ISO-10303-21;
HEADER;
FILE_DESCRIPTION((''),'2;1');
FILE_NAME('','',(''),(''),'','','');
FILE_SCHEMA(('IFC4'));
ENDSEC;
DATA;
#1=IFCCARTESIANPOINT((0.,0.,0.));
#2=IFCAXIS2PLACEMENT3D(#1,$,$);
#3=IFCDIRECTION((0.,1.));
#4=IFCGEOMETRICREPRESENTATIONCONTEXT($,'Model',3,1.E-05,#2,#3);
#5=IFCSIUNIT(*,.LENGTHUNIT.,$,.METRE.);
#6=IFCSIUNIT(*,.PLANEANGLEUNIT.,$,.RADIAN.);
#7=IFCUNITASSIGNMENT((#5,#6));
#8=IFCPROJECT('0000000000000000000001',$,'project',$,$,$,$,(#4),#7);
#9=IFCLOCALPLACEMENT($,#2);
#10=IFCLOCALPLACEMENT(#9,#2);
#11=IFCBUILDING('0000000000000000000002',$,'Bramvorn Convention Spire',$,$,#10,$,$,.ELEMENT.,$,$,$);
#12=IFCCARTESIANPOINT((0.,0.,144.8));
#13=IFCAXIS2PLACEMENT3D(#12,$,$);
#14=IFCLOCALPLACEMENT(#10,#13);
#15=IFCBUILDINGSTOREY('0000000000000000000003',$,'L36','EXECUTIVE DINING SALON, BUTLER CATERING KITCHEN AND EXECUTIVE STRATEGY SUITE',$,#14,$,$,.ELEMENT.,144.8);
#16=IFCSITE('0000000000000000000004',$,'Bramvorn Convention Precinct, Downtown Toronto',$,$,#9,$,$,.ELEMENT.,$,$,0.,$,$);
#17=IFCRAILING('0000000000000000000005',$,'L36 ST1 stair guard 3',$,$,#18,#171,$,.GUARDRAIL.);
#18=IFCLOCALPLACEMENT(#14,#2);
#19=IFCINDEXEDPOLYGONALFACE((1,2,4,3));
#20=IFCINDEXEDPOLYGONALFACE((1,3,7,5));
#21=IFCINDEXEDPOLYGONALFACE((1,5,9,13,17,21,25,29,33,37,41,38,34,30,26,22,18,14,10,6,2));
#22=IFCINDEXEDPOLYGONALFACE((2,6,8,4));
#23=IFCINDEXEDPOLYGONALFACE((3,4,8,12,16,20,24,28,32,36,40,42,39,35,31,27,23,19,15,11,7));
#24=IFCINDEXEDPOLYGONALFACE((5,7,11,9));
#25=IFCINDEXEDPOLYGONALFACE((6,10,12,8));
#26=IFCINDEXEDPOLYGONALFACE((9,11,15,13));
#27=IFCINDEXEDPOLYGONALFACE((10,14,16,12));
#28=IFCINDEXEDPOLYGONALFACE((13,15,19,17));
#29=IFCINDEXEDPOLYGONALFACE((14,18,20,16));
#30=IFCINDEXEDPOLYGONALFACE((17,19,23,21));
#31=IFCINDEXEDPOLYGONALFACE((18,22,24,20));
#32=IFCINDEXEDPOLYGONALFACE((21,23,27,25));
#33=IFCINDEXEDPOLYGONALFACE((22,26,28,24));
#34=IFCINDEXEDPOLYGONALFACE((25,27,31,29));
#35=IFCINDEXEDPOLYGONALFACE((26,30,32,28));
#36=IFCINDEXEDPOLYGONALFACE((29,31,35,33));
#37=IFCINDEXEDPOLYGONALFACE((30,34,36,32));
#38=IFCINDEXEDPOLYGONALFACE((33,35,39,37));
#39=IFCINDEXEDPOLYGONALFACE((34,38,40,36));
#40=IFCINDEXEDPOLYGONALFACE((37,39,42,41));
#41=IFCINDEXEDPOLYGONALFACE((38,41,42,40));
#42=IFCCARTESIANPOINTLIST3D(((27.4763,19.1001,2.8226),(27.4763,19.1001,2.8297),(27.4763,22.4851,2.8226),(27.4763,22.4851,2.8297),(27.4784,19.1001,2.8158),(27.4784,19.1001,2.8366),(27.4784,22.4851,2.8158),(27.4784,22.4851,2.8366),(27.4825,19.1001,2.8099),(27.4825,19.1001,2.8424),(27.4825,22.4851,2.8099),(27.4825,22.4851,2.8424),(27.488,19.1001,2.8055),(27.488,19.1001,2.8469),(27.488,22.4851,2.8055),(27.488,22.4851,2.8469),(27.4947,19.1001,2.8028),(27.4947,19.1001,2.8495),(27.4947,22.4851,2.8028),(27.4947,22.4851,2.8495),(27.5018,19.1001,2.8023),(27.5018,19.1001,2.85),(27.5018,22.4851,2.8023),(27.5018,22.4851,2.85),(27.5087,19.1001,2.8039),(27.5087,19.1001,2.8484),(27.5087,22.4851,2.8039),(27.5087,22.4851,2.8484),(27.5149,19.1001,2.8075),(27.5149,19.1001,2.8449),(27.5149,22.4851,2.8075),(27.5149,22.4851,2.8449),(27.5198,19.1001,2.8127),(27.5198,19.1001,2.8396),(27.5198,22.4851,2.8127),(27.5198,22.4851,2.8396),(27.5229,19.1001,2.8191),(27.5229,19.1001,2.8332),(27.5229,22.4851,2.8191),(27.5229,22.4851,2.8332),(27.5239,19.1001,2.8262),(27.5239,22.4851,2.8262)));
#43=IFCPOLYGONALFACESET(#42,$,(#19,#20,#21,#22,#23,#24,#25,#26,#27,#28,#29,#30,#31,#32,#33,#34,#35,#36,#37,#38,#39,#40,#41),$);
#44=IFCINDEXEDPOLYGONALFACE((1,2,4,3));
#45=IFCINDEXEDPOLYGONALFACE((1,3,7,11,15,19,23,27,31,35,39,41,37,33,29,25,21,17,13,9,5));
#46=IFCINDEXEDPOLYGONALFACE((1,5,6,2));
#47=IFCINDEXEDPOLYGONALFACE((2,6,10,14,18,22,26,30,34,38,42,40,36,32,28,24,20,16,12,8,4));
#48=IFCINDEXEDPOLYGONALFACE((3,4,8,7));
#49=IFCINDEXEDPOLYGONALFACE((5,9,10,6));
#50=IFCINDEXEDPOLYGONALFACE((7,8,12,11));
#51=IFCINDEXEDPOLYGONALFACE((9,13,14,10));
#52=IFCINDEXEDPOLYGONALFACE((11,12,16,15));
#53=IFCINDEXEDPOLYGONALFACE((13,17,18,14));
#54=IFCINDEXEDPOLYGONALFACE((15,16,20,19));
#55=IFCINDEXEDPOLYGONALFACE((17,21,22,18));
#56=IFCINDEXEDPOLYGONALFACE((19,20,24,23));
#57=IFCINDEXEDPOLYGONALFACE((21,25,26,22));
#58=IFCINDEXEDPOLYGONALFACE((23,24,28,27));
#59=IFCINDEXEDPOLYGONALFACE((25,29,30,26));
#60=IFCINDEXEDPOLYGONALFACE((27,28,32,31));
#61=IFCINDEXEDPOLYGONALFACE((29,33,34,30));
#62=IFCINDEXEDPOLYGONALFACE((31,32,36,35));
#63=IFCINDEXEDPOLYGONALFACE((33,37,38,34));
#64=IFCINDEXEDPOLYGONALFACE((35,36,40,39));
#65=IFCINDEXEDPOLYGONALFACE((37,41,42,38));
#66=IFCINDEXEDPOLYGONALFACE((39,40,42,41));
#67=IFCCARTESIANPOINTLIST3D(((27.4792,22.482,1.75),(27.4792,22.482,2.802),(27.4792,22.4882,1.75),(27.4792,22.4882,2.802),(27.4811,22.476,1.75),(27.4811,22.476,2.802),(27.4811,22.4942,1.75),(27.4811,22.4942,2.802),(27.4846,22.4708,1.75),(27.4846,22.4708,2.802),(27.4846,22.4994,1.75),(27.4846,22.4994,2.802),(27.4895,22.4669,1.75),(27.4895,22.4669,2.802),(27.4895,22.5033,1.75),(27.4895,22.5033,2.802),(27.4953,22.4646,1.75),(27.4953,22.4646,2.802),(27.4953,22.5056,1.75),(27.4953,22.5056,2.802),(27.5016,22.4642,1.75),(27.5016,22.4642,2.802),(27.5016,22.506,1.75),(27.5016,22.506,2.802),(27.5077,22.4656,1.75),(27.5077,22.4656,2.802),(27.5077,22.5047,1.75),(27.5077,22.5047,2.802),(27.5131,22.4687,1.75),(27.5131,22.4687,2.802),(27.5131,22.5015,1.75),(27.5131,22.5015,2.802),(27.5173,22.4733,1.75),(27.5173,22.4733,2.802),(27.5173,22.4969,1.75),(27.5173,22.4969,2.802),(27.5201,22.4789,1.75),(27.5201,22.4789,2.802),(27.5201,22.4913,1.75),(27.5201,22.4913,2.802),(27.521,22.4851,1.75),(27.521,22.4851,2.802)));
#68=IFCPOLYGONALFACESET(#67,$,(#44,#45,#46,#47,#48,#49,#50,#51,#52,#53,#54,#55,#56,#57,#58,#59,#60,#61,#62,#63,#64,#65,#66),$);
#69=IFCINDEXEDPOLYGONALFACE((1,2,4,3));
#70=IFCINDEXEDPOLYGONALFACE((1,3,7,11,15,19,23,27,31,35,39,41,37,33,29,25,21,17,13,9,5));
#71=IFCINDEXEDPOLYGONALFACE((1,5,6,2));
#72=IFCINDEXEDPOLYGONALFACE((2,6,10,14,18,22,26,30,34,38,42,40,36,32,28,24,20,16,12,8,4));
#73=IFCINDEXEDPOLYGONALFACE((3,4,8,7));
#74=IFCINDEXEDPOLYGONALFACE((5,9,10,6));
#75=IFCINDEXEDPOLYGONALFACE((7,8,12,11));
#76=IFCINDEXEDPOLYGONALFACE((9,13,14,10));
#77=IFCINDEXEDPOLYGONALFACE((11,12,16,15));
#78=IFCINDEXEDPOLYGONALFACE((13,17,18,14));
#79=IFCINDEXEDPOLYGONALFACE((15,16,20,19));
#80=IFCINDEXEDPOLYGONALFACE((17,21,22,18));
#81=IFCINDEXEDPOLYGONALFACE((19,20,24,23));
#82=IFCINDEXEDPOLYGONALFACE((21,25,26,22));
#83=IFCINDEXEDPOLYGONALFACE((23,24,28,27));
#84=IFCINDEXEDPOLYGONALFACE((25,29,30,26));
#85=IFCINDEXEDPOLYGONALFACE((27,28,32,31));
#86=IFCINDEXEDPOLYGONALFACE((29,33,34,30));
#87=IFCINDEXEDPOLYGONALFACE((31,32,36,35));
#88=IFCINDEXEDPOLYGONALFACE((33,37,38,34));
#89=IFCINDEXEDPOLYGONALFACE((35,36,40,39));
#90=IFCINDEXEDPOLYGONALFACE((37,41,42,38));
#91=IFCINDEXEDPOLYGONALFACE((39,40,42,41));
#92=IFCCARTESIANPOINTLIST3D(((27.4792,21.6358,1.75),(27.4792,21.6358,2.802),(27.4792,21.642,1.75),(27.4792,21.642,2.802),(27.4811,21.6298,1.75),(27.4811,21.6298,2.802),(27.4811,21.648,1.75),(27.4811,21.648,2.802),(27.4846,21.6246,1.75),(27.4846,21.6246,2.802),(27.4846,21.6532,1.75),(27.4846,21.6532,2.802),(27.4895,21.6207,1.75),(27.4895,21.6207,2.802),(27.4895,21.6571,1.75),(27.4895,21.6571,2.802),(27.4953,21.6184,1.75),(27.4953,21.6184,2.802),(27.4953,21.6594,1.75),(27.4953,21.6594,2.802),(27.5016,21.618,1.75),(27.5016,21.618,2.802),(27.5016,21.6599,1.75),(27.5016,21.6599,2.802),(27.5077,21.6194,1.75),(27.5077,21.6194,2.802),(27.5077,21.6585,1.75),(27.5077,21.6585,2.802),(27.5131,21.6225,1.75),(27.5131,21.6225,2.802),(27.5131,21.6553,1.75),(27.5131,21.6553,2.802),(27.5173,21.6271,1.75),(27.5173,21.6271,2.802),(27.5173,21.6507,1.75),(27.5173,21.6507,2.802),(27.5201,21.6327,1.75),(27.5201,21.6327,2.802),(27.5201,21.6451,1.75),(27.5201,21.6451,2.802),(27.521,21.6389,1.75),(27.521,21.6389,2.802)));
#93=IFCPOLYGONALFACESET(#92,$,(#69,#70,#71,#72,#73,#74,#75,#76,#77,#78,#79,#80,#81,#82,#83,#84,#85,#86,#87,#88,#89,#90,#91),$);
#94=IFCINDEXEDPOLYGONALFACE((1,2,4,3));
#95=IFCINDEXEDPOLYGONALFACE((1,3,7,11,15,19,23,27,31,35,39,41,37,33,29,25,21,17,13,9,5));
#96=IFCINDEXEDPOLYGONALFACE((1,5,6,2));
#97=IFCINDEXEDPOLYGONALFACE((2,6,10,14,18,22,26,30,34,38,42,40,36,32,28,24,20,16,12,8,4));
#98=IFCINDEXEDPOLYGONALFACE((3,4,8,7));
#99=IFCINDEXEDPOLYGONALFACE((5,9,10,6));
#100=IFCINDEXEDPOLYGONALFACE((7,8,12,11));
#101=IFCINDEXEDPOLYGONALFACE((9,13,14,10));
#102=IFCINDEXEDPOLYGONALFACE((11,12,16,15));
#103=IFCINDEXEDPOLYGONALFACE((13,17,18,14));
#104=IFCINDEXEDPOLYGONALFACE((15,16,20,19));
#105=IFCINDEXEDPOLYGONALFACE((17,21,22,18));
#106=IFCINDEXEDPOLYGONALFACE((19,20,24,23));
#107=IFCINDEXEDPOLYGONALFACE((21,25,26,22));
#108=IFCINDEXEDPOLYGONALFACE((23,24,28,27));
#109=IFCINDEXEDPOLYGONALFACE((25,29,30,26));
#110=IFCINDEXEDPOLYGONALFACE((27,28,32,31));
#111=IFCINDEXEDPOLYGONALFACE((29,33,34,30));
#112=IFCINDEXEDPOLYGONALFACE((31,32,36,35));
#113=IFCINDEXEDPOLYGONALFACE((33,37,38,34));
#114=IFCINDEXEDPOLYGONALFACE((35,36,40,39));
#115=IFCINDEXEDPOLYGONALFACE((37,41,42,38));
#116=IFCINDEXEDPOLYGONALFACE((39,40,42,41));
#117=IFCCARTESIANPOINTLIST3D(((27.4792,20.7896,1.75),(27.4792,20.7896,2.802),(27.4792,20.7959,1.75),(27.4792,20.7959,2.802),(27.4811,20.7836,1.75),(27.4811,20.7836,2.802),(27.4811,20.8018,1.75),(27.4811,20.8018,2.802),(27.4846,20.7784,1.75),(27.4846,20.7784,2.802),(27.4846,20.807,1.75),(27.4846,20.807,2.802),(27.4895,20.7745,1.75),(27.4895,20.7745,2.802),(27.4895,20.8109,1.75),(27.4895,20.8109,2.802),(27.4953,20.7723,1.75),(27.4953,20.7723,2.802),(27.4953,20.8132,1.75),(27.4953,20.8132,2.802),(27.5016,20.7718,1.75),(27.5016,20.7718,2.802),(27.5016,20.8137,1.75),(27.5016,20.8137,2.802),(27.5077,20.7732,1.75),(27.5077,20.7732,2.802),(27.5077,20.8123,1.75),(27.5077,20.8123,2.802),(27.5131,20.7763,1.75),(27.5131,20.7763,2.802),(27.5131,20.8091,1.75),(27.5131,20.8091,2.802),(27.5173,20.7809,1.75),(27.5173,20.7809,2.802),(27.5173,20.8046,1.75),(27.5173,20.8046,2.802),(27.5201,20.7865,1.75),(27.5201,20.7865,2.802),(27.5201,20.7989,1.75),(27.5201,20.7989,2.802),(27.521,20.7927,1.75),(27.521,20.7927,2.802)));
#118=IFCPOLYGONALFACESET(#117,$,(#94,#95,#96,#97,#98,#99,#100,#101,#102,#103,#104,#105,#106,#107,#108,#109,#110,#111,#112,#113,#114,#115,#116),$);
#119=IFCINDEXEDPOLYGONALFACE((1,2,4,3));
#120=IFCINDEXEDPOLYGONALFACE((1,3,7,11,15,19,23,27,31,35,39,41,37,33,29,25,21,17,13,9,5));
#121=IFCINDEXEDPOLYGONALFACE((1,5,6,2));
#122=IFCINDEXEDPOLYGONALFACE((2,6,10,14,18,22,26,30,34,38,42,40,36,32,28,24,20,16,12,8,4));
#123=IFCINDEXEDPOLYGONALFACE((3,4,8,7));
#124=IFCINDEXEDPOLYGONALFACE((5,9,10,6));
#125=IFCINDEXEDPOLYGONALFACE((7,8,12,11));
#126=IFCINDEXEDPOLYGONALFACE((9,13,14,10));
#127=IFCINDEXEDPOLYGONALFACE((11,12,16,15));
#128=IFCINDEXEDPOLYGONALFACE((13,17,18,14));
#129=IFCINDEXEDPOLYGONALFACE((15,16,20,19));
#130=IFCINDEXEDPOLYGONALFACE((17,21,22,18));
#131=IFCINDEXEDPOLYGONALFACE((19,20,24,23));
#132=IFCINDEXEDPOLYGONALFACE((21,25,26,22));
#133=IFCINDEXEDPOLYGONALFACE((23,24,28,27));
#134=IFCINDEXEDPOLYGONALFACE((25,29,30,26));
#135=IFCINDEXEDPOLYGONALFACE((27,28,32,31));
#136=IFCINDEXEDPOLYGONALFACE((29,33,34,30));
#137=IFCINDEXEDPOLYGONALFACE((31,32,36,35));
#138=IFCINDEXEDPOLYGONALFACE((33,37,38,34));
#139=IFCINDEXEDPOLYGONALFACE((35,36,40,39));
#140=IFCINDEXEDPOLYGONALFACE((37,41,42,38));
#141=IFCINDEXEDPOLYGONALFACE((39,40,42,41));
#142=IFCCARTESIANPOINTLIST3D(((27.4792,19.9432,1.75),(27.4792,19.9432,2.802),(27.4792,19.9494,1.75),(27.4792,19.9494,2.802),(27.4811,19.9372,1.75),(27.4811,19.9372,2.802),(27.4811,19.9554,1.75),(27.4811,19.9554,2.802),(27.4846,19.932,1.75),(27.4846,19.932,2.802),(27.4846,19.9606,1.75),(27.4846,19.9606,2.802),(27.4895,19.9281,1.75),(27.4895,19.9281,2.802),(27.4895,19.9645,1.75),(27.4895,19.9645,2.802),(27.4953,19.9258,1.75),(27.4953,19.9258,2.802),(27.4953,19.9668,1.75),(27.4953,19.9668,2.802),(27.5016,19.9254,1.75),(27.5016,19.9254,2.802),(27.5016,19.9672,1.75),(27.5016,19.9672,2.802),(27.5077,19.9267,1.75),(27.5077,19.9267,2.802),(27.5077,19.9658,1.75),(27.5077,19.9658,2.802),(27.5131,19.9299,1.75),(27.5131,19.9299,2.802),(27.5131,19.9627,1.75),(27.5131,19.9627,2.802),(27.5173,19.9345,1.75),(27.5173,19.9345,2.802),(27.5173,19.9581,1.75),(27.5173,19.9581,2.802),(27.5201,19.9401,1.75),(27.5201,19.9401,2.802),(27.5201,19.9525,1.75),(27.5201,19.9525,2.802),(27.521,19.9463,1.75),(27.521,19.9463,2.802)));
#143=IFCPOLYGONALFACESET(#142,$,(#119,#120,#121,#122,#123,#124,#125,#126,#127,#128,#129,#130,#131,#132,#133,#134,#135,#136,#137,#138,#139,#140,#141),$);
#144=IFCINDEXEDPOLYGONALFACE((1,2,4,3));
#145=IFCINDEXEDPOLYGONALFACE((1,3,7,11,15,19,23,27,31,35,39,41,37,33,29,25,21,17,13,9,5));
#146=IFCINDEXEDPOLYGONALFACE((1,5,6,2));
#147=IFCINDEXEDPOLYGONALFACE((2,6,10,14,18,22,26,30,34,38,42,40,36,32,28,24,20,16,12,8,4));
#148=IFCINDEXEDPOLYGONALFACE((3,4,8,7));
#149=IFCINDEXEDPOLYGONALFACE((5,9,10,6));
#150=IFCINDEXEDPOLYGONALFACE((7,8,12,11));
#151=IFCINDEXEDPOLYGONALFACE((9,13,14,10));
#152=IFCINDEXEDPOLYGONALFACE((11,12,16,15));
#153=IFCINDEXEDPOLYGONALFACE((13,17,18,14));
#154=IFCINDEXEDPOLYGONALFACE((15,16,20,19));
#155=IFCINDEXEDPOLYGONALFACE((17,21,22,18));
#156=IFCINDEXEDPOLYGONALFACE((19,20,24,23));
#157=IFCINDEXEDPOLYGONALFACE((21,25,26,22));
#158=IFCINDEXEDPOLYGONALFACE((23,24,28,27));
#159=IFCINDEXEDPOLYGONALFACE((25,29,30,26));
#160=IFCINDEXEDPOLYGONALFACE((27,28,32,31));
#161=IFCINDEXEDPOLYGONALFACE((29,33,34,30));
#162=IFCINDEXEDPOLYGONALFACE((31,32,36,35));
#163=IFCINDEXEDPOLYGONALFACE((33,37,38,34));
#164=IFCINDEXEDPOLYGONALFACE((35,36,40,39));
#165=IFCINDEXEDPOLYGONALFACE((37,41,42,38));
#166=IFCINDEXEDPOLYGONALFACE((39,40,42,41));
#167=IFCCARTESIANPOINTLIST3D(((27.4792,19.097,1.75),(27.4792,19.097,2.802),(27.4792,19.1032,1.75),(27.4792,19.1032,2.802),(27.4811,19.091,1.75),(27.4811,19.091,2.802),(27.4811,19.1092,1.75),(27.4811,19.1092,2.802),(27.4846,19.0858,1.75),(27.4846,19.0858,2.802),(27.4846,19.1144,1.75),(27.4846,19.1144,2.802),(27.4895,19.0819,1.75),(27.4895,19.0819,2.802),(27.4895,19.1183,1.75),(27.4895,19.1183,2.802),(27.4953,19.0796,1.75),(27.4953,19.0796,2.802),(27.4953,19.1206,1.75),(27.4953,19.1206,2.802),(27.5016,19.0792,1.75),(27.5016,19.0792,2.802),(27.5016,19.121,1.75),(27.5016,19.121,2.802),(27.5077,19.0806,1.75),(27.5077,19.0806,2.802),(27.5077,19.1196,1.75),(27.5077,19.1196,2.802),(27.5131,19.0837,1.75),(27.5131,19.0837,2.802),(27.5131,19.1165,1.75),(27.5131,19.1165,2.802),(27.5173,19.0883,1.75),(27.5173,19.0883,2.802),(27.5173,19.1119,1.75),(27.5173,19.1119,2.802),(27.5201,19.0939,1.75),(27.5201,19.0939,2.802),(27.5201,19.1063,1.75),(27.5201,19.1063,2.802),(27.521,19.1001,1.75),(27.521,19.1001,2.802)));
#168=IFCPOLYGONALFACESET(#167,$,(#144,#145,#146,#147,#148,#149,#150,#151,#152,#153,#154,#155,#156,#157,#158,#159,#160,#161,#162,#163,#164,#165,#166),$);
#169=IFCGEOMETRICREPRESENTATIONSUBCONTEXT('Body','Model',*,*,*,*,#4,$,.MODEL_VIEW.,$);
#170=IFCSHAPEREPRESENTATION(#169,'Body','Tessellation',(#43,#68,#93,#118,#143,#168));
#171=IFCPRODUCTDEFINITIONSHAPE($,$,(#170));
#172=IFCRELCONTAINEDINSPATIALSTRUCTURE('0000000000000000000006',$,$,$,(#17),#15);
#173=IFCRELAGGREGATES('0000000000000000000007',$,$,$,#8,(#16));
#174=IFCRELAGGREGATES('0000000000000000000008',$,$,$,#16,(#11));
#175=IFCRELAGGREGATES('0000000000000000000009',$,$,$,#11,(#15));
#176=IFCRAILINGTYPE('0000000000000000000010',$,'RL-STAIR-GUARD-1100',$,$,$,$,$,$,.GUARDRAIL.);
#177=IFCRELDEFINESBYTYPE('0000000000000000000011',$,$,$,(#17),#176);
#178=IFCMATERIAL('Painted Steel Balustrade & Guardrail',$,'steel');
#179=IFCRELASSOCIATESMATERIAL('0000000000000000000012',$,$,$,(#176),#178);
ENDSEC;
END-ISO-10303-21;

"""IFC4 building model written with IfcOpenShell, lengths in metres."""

from ifc_helpers import new_model, si_unit, direction, frame, origin, origin_2d, place, context, subcontext, project, spatial, circle, extrude, material, type_object, element, save


model = new_model("IFC4")

# Units and contexts
model_context = context("Model", 3, precision=1e-05, world=origin(), true_north=direction((0.0, 1.0)))
body_context = subcontext(model_context, "Body", "Model", "MODEL_VIEW")
ifc_project = project(units=[si_unit("LENGTHUNIT", "METRE"), si_unit("PLANEANGLEUNIT", "RADIAN")], contexts=[model_context])

# Site, building, storey
site_placement = place(None, origin())
site = spatial("IfcSite", under=ifc_project, at=site_placement, Name="Bramvorn Convention Precinct, Downtown Toronto", CompositionType="ELEMENT", RefElevation=0.0)
building_placement = place(site_placement, origin())
building = spatial("IfcBuilding", under=site, at=building_placement, Name="Bramvorn Convention Spire", CompositionType="ELEMENT")
storey_placement = place(building_placement, frame((0.0, 0.0, 144.8)))
storey = spatial("IfcBuildingStorey", under=building, at=storey_placement, Name="L36", Description="EXECUTIVE DINING SALON, BUTLER CATERING KITCHEN AND EXECUTIVE STRATEGY SUITE", CompositionType="ELEMENT", Elevation=144.8)

# Railing
ifc_material_1 = material(Name="Painted Steel Balustrade & Guardrail", Category="steel")
railing_type_1 = type_object("IfcRailingType", Name="RL-STAIR-GUARD-1100", PredefinedType="GUARDRAIL", material=ifc_material_1)
for number, where, name in (
    (1, (27.5, 22.4851, 1.75), "L36 ST1 stair guard 3"),
):
    element("IfcRailing", number, at=place(storey_placement, frame(where)), inside=storey, type_object=railing_type_1, Name=name, PredefinedType="GUARDRAIL", context=body_context, shape_type="SweptSolid", body=[
        extrude(circle(Radius=0.0239, at=origin_2d()), frame((0.0, 0.0, 1.0762), z_axis=(0.0, -1.0, 0.0), x_axis=(1.0, 0.0, 0.0)), (0.0, 0.0, 1.0), 3.385),
        extrude(circle(Radius=0.021, at=origin_2d()), origin(), (0.0, 0.0, 1.0), 1.052),
        extrude(circle(Radius=0.021, at=origin_2d()), frame((0.0, -0.8462, 0.0)), (0.0, 0.0, 1.0), 1.052),
        extrude(circle(Radius=0.021, at=origin_2d()), frame((0.0, -1.6924, 0.0)), (0.0, 0.0, 1.0), 1.052),
        extrude(circle(Radius=0.021, at=origin_2d()), frame((0.0, -2.5388, 0.0)), (0.0, 0.0, 1.0), 1.052),
        extrude(circle(Radius=0.021, at=origin_2d()), frame((0.0, -3.385, 0.0)), (0.0, 0.0, 1.0), 1.052),
    ])

save(model, "model.ifc")
